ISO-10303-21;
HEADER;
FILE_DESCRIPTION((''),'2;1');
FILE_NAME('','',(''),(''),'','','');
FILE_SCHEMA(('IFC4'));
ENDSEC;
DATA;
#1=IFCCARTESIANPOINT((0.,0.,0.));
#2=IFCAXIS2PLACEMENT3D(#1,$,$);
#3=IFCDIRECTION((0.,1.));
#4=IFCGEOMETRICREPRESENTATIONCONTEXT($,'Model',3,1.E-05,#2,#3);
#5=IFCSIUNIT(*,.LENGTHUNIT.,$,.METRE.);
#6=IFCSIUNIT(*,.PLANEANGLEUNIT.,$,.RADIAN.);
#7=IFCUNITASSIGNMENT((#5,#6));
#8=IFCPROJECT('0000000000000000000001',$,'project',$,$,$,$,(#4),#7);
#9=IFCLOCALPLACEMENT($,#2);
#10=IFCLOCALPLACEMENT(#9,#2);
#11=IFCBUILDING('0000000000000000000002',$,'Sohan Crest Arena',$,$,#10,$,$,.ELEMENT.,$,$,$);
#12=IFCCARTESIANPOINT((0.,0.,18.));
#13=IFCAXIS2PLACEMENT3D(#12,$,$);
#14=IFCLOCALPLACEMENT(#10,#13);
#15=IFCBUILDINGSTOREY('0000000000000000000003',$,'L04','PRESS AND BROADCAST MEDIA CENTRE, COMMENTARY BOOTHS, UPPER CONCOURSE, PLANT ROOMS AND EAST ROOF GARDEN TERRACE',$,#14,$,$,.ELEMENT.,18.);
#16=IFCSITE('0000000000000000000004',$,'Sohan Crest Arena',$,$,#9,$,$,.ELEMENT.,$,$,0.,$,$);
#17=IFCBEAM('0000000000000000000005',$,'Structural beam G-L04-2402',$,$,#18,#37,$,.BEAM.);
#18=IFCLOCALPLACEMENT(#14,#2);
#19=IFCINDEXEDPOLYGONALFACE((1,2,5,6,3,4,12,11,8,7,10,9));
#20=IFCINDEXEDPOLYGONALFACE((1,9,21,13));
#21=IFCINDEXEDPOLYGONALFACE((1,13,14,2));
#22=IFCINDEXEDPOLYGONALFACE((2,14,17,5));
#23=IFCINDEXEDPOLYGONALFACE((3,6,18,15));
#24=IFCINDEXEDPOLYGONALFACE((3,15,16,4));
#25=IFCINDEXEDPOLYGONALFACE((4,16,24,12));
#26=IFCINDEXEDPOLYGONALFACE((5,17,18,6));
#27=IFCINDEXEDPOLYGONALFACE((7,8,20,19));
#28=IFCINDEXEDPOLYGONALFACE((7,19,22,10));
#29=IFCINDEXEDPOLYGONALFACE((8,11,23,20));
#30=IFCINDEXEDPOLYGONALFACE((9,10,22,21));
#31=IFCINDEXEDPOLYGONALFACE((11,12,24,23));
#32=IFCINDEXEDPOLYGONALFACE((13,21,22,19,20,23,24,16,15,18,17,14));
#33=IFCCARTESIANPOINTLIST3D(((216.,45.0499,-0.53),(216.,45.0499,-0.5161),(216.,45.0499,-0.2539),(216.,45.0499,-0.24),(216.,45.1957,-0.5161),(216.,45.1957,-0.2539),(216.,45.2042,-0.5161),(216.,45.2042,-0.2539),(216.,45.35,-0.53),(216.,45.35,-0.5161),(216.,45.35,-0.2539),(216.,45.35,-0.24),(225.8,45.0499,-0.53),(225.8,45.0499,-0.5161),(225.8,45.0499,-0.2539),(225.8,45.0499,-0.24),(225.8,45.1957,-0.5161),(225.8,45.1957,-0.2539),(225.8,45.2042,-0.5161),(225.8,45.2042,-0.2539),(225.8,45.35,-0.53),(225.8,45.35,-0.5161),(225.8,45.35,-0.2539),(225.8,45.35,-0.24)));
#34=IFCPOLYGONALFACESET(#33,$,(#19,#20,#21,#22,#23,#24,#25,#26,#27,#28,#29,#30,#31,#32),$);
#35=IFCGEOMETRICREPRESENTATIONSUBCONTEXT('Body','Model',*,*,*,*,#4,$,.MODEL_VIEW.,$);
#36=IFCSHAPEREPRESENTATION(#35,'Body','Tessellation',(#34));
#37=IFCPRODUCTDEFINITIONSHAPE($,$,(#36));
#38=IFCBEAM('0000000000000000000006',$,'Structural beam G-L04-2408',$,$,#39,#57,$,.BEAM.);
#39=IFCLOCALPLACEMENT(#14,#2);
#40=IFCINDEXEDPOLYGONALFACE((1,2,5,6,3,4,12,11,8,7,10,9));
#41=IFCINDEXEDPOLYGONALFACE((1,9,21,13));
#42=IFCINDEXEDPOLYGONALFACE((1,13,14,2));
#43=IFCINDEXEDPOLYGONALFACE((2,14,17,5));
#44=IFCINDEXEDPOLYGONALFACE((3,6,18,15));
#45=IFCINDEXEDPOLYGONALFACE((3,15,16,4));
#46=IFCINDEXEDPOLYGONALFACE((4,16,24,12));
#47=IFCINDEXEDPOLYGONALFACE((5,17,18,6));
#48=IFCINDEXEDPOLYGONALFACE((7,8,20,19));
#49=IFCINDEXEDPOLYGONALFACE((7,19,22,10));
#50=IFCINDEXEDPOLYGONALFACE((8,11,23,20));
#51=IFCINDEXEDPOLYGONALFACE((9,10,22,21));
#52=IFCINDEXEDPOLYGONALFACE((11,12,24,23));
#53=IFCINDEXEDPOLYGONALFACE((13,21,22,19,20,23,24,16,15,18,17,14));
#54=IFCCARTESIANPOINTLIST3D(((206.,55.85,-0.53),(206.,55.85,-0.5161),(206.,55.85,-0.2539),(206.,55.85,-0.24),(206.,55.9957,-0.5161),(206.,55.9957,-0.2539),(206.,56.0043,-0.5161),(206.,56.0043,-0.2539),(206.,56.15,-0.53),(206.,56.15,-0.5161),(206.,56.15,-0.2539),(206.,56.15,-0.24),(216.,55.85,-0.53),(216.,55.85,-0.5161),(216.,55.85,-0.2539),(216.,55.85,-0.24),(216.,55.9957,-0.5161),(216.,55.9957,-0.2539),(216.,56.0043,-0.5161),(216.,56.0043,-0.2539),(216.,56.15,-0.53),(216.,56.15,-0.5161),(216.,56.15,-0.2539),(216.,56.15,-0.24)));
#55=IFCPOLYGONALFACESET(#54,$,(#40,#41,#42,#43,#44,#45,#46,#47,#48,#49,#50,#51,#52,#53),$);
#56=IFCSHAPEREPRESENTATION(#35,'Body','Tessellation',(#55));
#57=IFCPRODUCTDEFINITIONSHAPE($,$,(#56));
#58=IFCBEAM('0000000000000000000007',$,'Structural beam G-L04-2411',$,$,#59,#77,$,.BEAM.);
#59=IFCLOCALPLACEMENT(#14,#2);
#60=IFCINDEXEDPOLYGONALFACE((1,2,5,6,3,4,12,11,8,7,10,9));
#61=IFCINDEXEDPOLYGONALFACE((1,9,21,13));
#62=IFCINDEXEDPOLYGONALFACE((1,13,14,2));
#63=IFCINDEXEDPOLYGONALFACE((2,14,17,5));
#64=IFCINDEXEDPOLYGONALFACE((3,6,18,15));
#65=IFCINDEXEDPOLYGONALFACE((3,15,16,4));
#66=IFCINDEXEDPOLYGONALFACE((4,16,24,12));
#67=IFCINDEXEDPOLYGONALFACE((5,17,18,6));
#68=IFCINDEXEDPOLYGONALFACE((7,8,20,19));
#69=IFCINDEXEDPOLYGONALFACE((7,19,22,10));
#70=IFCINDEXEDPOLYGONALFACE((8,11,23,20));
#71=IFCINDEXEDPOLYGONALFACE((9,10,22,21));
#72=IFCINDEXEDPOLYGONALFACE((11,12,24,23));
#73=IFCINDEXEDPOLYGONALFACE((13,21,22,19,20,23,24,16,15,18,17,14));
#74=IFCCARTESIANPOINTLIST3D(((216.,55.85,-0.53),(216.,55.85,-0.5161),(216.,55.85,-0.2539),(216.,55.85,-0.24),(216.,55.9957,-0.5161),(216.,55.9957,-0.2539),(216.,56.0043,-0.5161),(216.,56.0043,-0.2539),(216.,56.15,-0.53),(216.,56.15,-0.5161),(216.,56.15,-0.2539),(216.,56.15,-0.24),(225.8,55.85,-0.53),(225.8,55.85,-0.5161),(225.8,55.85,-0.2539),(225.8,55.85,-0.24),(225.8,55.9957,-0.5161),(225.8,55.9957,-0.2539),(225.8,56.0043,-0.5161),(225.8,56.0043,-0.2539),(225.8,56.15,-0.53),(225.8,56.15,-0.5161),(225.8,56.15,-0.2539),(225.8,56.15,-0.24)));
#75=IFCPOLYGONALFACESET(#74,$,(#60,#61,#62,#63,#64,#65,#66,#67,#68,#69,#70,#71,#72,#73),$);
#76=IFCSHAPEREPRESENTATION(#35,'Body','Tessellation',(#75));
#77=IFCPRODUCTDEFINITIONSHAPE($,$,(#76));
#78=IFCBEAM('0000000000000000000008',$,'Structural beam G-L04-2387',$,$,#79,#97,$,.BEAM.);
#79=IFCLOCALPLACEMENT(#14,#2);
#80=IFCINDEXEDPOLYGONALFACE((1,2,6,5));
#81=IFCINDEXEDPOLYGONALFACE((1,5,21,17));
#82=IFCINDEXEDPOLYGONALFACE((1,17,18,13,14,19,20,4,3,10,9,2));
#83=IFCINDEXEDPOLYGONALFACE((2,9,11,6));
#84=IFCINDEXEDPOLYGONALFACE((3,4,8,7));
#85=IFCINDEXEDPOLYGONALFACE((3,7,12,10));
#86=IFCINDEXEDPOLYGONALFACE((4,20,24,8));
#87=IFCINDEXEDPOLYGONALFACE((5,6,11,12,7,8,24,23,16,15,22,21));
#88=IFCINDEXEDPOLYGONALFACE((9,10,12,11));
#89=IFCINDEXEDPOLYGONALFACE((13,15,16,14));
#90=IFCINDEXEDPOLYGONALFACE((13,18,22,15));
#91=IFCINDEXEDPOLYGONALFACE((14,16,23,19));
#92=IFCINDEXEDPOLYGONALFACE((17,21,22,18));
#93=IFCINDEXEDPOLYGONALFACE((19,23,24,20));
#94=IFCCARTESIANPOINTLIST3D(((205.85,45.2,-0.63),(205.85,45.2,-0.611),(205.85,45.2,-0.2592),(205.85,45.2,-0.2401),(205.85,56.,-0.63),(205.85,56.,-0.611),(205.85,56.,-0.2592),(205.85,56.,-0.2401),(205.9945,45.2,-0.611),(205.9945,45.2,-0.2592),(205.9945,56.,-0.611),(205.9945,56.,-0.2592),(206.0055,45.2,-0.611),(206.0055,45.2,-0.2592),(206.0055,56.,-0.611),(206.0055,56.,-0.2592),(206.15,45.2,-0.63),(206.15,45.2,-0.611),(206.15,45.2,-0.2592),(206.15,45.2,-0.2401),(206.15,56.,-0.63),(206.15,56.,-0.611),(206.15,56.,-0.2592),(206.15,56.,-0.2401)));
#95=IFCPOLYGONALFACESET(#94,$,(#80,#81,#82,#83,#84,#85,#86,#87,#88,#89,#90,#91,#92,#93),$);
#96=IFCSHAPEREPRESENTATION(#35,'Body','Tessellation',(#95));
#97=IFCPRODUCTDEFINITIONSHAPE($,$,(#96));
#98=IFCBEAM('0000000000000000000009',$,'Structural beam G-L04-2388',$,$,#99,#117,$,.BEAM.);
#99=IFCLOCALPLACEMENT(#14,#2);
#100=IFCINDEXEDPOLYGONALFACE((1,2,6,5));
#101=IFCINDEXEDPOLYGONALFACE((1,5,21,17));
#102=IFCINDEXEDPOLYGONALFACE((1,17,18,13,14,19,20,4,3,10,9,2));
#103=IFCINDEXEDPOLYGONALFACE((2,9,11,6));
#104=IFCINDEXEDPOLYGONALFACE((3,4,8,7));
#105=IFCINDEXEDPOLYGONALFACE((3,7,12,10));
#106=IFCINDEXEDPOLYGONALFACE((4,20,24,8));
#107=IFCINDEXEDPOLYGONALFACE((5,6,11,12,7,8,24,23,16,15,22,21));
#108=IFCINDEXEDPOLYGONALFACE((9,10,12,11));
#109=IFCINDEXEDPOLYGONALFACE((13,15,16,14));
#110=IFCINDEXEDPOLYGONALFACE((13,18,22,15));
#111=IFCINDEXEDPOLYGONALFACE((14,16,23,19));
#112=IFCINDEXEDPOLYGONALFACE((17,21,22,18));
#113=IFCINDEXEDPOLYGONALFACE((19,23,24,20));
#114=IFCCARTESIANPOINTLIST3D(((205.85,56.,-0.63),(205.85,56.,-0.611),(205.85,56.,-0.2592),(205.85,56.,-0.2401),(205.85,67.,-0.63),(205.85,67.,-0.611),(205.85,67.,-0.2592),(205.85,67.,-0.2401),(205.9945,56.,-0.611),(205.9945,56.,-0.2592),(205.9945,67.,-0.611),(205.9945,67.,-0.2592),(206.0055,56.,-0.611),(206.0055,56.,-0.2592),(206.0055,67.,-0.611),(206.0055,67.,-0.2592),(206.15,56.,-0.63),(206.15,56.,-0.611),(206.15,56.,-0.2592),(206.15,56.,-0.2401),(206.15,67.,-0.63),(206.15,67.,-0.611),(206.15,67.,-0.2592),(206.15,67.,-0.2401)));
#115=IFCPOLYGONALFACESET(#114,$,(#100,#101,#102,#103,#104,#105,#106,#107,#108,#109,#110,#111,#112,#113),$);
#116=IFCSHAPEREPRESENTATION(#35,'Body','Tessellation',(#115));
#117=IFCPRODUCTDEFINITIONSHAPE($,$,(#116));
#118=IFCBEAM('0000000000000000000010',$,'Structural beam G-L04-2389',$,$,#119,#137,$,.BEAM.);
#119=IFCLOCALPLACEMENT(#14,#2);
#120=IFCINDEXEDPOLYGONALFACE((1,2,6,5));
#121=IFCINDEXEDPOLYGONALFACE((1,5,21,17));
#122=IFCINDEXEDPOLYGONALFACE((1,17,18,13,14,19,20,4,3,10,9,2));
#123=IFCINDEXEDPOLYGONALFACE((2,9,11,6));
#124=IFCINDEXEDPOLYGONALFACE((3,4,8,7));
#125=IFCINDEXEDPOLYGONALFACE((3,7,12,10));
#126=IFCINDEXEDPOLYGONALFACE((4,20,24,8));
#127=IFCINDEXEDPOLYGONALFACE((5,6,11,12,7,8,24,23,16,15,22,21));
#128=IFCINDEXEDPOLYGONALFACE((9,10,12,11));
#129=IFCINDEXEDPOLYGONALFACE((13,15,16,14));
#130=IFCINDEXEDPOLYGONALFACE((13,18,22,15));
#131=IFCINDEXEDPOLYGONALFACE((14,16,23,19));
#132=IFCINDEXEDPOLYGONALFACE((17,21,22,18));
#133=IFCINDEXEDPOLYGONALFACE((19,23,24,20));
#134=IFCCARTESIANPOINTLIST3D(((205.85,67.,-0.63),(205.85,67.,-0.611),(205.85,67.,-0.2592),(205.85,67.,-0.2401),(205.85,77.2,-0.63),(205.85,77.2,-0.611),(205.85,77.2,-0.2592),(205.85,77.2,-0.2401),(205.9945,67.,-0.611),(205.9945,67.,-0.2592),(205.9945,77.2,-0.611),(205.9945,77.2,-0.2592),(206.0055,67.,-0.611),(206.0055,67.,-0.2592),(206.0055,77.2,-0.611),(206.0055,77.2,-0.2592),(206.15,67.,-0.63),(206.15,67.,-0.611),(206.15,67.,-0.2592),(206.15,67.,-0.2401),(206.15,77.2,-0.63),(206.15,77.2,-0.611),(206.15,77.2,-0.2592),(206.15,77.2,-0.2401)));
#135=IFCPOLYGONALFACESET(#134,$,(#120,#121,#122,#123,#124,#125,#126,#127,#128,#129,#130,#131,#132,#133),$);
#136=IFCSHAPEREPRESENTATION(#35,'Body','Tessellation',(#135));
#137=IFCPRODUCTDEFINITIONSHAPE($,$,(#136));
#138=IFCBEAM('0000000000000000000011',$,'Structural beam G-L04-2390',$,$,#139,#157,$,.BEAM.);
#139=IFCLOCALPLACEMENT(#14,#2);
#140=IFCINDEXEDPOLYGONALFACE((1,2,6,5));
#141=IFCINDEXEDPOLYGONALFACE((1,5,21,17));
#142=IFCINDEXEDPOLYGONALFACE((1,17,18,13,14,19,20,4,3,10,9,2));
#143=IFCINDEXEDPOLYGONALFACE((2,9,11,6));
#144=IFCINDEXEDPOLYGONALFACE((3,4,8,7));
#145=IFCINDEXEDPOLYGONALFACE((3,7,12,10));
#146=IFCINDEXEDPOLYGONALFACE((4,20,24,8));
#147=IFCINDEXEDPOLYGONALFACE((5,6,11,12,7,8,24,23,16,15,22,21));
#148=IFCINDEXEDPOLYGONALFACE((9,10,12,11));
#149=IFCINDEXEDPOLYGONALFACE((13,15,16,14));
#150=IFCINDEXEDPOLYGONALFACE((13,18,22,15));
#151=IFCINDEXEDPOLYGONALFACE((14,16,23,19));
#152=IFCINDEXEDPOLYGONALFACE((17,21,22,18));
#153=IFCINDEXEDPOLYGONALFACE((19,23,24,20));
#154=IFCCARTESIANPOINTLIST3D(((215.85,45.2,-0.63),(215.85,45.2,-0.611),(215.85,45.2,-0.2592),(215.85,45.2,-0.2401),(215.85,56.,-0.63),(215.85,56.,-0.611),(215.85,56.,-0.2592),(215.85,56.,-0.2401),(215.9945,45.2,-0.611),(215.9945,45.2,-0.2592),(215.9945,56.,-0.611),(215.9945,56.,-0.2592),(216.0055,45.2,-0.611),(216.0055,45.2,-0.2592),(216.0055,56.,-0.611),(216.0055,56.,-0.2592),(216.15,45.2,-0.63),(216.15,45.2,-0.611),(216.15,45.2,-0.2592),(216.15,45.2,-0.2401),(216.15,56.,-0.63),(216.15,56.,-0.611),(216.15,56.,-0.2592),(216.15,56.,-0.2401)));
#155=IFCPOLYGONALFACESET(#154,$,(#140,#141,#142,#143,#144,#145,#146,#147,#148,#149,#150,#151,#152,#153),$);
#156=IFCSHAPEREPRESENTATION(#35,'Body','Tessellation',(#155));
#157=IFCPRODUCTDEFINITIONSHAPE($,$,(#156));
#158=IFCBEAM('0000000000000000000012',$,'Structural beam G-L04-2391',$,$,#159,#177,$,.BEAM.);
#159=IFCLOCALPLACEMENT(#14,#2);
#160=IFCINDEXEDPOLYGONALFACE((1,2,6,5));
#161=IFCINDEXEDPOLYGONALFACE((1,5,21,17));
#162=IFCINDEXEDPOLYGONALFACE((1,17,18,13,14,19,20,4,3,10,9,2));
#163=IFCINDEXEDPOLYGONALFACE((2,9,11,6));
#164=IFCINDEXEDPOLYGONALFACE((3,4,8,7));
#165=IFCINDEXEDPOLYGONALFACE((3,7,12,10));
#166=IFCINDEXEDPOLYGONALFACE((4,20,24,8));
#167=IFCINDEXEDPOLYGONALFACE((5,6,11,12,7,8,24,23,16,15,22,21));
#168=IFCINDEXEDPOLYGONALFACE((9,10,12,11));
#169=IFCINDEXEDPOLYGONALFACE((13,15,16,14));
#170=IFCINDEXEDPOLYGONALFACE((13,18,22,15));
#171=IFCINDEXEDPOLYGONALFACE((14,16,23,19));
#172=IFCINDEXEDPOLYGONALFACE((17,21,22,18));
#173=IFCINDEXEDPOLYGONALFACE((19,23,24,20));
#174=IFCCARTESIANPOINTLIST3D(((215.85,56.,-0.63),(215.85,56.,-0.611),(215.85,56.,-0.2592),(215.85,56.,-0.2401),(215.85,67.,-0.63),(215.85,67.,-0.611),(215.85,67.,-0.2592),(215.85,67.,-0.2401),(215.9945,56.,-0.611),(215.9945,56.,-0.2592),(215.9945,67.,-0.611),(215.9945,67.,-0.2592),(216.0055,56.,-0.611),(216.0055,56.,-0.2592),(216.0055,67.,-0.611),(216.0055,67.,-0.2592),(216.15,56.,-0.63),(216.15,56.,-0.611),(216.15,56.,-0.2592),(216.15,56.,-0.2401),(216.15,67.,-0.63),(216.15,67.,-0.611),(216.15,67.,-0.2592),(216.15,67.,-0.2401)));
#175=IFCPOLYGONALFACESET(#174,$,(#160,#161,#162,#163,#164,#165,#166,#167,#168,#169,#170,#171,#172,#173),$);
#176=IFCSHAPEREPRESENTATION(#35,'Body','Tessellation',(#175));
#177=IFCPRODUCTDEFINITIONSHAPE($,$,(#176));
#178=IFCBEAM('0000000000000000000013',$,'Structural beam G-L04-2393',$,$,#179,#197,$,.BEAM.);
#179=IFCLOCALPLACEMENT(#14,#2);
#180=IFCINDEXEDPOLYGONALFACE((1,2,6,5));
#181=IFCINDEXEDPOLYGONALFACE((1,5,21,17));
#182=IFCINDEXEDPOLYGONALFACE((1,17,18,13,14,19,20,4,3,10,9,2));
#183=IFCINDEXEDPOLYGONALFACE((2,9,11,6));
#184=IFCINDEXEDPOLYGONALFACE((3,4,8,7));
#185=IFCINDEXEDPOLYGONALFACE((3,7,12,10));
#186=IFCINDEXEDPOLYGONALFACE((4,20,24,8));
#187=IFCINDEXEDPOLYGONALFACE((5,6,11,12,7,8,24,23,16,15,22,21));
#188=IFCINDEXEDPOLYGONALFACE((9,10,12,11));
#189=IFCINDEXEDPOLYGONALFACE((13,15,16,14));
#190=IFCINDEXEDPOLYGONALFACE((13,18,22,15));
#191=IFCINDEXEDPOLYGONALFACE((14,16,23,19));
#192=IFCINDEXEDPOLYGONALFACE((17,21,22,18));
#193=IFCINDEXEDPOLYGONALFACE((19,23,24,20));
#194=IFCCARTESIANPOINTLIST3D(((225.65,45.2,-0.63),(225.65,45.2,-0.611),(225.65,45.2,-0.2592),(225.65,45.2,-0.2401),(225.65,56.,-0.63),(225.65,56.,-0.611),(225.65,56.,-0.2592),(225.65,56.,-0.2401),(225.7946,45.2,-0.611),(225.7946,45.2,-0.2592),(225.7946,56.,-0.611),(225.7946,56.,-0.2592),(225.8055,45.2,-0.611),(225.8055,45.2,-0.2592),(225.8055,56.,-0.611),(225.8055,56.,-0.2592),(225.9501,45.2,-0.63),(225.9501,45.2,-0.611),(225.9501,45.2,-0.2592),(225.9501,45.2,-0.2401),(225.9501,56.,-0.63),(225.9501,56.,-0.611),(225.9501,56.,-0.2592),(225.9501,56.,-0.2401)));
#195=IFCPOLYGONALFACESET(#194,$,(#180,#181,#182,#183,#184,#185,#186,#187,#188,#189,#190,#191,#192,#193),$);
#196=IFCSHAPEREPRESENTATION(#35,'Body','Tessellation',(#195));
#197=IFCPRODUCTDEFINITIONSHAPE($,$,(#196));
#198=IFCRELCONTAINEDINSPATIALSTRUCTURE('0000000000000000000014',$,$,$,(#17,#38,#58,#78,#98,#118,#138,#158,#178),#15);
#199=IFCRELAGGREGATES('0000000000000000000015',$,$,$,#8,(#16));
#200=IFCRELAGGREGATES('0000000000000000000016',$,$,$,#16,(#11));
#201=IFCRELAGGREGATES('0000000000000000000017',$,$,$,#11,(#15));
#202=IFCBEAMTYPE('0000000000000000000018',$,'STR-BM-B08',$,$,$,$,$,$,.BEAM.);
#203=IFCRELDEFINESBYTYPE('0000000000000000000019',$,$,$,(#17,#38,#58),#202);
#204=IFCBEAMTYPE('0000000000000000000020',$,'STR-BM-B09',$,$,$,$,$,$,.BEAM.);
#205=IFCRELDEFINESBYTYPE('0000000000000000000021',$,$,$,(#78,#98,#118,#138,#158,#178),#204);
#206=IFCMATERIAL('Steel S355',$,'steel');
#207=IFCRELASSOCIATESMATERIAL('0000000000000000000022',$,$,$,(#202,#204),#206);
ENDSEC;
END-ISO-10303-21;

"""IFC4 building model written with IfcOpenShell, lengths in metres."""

from ifc_helpers import new_model, si_unit, direction, frame, origin, origin_2d, place, context, subcontext, project, spatial, i_section, extrude, material, material_profile, profile_set, type_object, element, save


model = new_model("IFC4")

# Units and contexts
model_context = context("Model", 3, precision=1e-05, world=origin(), true_north=direction((0.0, 1.0)))
body_context = subcontext(model_context, "Body", "Model", "MODEL_VIEW")
ifc_project = project(units=[si_unit("LENGTHUNIT", "METRE"), si_unit("PLANEANGLEUNIT", "RADIAN")], contexts=[model_context])

# Site, building, storey
site_placement = place(None, origin())
site = spatial("IfcSite", under=ifc_project, at=site_placement, Name="Sohan Crest Arena", CompositionType="ELEMENT", RefElevation=0.0)
building_placement = place(site_placement, origin())
building = spatial("IfcBuilding", under=site, at=building_placement, Name="Sohan Crest Arena", CompositionType="ELEMENT")
storey_placement = place(building_placement, frame((0.0, 0.0, 18.0)))
storey = spatial("IfcBuildingStorey", under=building, at=storey_placement, Name="L04", Description="PRESS AND BROADCAST MEDIA CENTRE, COMMENTARY BOOTHS, UPPER CONCOURSE, PLANT ROOMS AND EAST ROOF GARDEN TERRACE", CompositionType="ELEMENT", Elevation=18.0)

# Beams
ifc_material_1 = material(Name="Steel S355", Category="steel")
ifc_material_profile_1 = material_profile(ifc_material_1, i_section(OverallWidth=0.3, OverallDepth=0.29, WebThickness=0.0085, FlangeThickness=0.0139, at=origin_2d()), Name="HEA 300")
ifc_profile_set_1 = profile_set([ifc_material_profile_1], Name="Steel S355")
beam_type_1 = type_object("IfcBeamType", Name="STR-BM-B08", PredefinedType="BEAM", material=ifc_profile_set_1)
beam_1_placement = place(storey_placement, frame((216.0, 45.2, -0.385), z_axis=(1.0, 0.0, 0.0), x_axis=(0.0, 1.0, 0.0)))
element("IfcBeam", 1, at=beam_1_placement, inside=storey, type_object=beam_type_1, Name="Structural beam G-L04-2402", PredefinedType="BEAM", context=body_context, shape_type="SweptSolid", body=[
    extrude(i_section(OverallWidth=0.3, OverallDepth=0.29, WebThickness=0.0085, FlangeThickness=0.0139, at=origin_2d()), origin(), (0.0, 0.0, 1.0), 9.8),
])
beam_2_placement = place(storey_placement, frame((206.0, 56.0, -0.385), z_axis=(1.0, 0.0, 0.0), x_axis=(0.0, 1.0, 0.0)))
element("IfcBeam", 2, at=beam_2_placement, inside=storey, type_object=beam_type_1, Name="Structural beam G-L04-2408", PredefinedType="BEAM", context=body_context, shape_type="SweptSolid", body=[
    extrude(i_section(OverallWidth=0.3, OverallDepth=0.29, WebThickness=0.0085, FlangeThickness=0.0139, at=origin_2d()), origin(), (0.0, 0.0, 1.0), 10.0),
])
beam_3_placement = place(storey_placement, frame((216.0, 56.0, -0.385), z_axis=(1.0, 0.0, 0.0), x_axis=(0.0, 1.0, 0.0)))
element("IfcBeam", 3, at=beam_3_placement, inside=storey, type_object=beam_type_1, Name="Structural beam G-L04-2411", PredefinedType="BEAM", context=body_context, shape_type="SweptSolid", body=[
    extrude(i_section(OverallWidth=0.3, OverallDepth=0.29, WebThickness=0.0085, FlangeThickness=0.0139, at=origin_2d()), origin(), (0.0, 0.0, 1.0), 9.8),
])
ifc_material_profile_2 = material_profile(ifc_material_1, i_section(OverallWidth=0.3, OverallDepth=0.3899, WebThickness=0.011, FlangeThickness=0.019, at=origin_2d()), Name="HEA 400")
ifc_profile_set_2 = profile_set([ifc_material_profile_2], Name="Steel S355")
beam_type_2 = type_object("IfcBeamType", Name="STR-BM-B09", PredefinedType="BEAM", material=ifc_profile_set_2)
beam_4_placement = place(storey_placement, frame((206.0, 45.2, -0.4351), z_axis=(0.0, 1.0, 0.0), x_axis=(-1.0, 0.0, 0.0)))
element("IfcBeam", 4, at=beam_4_placement, inside=storey, type_object=beam_type_2, Name="Structural beam G-L04-2387", PredefinedType="BEAM", context=body_context, shape_type="SweptSolid", body=[
    extrude(i_section(OverallWidth=0.3, OverallDepth=0.3899, WebThickness=0.011, FlangeThickness=0.019, at=origin_2d()), origin(), (0.0, 0.0, 1.0), 10.8),
])
beam_5_placement = place(storey_placement, frame((206.0, 56.0, -0.4351), z_axis=(0.0, 1.0, 0.0), x_axis=(-1.0, 0.0, 0.0)))
element("IfcBeam", 5, at=beam_5_placement, inside=storey, type_object=beam_type_2, Name="Structural beam G-L04-2388", PredefinedType="BEAM", context=body_context, shape_type="SweptSolid", body=[
    extrude(i_section(OverallWidth=0.3, OverallDepth=0.3899, WebThickness=0.011, FlangeThickness=0.019, at=origin_2d()), origin(), (0.0, 0.0, 1.0), 11.0),
])
beam_6_placement = place(storey_placement, frame((206.0, 67.0, -0.4351), z_axis=(0.0, 1.0, 0.0), x_axis=(-1.0, 0.0, 0.0)))
element("IfcBeam", 6, at=beam_6_placement, inside=storey, type_object=beam_type_2, Name="Structural beam G-L04-2389", PredefinedType="BEAM", context=body_context, shape_type="SweptSolid", body=[
    extrude(i_section(OverallWidth=0.3, OverallDepth=0.3899, WebThickness=0.011, FlangeThickness=0.019, at=origin_2d()), origin(), (0.0, 0.0, 1.0), 10.2),
])
beam_7_placement = place(storey_placement, frame((216.0, 45.2, -0.4351), z_axis=(0.0, 1.0, 0.0), x_axis=(-1.0, 0.0, 0.0)))
element("IfcBeam", 7, at=beam_7_placement, inside=storey, type_object=beam_type_2, Name="Structural beam G-L04-2390", PredefinedType="BEAM", context=body_context, shape_type="SweptSolid", body=[
    extrude(i_section(OverallWidth=0.3, OverallDepth=0.3899, WebThickness=0.011, FlangeThickness=0.019, at=origin_2d()), origin(), (0.0, 0.0, 1.0), 10.8),
])
beam_8_placement = place(storey_placement, frame((216.0, 56.0, -0.4351), z_axis=(0.0, 1.0, 0.0), x_axis=(-1.0, 0.0, 0.0)))
element("IfcBeam", 8, at=beam_8_placement, inside=storey, type_object=beam_type_2, Name="Structural beam G-L04-2391", PredefinedType="BEAM", context=body_context, shape_type="SweptSolid", body=[
    extrude(i_section(OverallWidth=0.3, OverallDepth=0.3899, WebThickness=0.011, FlangeThickness=0.019, at=origin_2d()), origin(), (0.0, 0.0, 1.0), 11.0),
])
beam_9_placement = place(storey_placement, frame((225.8, 45.2, -0.4351), z_axis=(0.0, 1.0, 0.0), x_axis=(-1.0, 0.0, 0.0)))
element("IfcBeam", 9, at=beam_9_placement, inside=storey, type_object=beam_type_2, Name="Structural beam G-L04-2393", PredefinedType="BEAM", context=body_context, shape_type="SweptSolid", body=[
    extrude(i_section(OverallWidth=0.3, OverallDepth=0.3899, WebThickness=0.011, FlangeThickness=0.019, at=origin_2d()), origin(), (0.0, 0.0, 1.0), 10.8),
])

save(model, "model.ifc")
